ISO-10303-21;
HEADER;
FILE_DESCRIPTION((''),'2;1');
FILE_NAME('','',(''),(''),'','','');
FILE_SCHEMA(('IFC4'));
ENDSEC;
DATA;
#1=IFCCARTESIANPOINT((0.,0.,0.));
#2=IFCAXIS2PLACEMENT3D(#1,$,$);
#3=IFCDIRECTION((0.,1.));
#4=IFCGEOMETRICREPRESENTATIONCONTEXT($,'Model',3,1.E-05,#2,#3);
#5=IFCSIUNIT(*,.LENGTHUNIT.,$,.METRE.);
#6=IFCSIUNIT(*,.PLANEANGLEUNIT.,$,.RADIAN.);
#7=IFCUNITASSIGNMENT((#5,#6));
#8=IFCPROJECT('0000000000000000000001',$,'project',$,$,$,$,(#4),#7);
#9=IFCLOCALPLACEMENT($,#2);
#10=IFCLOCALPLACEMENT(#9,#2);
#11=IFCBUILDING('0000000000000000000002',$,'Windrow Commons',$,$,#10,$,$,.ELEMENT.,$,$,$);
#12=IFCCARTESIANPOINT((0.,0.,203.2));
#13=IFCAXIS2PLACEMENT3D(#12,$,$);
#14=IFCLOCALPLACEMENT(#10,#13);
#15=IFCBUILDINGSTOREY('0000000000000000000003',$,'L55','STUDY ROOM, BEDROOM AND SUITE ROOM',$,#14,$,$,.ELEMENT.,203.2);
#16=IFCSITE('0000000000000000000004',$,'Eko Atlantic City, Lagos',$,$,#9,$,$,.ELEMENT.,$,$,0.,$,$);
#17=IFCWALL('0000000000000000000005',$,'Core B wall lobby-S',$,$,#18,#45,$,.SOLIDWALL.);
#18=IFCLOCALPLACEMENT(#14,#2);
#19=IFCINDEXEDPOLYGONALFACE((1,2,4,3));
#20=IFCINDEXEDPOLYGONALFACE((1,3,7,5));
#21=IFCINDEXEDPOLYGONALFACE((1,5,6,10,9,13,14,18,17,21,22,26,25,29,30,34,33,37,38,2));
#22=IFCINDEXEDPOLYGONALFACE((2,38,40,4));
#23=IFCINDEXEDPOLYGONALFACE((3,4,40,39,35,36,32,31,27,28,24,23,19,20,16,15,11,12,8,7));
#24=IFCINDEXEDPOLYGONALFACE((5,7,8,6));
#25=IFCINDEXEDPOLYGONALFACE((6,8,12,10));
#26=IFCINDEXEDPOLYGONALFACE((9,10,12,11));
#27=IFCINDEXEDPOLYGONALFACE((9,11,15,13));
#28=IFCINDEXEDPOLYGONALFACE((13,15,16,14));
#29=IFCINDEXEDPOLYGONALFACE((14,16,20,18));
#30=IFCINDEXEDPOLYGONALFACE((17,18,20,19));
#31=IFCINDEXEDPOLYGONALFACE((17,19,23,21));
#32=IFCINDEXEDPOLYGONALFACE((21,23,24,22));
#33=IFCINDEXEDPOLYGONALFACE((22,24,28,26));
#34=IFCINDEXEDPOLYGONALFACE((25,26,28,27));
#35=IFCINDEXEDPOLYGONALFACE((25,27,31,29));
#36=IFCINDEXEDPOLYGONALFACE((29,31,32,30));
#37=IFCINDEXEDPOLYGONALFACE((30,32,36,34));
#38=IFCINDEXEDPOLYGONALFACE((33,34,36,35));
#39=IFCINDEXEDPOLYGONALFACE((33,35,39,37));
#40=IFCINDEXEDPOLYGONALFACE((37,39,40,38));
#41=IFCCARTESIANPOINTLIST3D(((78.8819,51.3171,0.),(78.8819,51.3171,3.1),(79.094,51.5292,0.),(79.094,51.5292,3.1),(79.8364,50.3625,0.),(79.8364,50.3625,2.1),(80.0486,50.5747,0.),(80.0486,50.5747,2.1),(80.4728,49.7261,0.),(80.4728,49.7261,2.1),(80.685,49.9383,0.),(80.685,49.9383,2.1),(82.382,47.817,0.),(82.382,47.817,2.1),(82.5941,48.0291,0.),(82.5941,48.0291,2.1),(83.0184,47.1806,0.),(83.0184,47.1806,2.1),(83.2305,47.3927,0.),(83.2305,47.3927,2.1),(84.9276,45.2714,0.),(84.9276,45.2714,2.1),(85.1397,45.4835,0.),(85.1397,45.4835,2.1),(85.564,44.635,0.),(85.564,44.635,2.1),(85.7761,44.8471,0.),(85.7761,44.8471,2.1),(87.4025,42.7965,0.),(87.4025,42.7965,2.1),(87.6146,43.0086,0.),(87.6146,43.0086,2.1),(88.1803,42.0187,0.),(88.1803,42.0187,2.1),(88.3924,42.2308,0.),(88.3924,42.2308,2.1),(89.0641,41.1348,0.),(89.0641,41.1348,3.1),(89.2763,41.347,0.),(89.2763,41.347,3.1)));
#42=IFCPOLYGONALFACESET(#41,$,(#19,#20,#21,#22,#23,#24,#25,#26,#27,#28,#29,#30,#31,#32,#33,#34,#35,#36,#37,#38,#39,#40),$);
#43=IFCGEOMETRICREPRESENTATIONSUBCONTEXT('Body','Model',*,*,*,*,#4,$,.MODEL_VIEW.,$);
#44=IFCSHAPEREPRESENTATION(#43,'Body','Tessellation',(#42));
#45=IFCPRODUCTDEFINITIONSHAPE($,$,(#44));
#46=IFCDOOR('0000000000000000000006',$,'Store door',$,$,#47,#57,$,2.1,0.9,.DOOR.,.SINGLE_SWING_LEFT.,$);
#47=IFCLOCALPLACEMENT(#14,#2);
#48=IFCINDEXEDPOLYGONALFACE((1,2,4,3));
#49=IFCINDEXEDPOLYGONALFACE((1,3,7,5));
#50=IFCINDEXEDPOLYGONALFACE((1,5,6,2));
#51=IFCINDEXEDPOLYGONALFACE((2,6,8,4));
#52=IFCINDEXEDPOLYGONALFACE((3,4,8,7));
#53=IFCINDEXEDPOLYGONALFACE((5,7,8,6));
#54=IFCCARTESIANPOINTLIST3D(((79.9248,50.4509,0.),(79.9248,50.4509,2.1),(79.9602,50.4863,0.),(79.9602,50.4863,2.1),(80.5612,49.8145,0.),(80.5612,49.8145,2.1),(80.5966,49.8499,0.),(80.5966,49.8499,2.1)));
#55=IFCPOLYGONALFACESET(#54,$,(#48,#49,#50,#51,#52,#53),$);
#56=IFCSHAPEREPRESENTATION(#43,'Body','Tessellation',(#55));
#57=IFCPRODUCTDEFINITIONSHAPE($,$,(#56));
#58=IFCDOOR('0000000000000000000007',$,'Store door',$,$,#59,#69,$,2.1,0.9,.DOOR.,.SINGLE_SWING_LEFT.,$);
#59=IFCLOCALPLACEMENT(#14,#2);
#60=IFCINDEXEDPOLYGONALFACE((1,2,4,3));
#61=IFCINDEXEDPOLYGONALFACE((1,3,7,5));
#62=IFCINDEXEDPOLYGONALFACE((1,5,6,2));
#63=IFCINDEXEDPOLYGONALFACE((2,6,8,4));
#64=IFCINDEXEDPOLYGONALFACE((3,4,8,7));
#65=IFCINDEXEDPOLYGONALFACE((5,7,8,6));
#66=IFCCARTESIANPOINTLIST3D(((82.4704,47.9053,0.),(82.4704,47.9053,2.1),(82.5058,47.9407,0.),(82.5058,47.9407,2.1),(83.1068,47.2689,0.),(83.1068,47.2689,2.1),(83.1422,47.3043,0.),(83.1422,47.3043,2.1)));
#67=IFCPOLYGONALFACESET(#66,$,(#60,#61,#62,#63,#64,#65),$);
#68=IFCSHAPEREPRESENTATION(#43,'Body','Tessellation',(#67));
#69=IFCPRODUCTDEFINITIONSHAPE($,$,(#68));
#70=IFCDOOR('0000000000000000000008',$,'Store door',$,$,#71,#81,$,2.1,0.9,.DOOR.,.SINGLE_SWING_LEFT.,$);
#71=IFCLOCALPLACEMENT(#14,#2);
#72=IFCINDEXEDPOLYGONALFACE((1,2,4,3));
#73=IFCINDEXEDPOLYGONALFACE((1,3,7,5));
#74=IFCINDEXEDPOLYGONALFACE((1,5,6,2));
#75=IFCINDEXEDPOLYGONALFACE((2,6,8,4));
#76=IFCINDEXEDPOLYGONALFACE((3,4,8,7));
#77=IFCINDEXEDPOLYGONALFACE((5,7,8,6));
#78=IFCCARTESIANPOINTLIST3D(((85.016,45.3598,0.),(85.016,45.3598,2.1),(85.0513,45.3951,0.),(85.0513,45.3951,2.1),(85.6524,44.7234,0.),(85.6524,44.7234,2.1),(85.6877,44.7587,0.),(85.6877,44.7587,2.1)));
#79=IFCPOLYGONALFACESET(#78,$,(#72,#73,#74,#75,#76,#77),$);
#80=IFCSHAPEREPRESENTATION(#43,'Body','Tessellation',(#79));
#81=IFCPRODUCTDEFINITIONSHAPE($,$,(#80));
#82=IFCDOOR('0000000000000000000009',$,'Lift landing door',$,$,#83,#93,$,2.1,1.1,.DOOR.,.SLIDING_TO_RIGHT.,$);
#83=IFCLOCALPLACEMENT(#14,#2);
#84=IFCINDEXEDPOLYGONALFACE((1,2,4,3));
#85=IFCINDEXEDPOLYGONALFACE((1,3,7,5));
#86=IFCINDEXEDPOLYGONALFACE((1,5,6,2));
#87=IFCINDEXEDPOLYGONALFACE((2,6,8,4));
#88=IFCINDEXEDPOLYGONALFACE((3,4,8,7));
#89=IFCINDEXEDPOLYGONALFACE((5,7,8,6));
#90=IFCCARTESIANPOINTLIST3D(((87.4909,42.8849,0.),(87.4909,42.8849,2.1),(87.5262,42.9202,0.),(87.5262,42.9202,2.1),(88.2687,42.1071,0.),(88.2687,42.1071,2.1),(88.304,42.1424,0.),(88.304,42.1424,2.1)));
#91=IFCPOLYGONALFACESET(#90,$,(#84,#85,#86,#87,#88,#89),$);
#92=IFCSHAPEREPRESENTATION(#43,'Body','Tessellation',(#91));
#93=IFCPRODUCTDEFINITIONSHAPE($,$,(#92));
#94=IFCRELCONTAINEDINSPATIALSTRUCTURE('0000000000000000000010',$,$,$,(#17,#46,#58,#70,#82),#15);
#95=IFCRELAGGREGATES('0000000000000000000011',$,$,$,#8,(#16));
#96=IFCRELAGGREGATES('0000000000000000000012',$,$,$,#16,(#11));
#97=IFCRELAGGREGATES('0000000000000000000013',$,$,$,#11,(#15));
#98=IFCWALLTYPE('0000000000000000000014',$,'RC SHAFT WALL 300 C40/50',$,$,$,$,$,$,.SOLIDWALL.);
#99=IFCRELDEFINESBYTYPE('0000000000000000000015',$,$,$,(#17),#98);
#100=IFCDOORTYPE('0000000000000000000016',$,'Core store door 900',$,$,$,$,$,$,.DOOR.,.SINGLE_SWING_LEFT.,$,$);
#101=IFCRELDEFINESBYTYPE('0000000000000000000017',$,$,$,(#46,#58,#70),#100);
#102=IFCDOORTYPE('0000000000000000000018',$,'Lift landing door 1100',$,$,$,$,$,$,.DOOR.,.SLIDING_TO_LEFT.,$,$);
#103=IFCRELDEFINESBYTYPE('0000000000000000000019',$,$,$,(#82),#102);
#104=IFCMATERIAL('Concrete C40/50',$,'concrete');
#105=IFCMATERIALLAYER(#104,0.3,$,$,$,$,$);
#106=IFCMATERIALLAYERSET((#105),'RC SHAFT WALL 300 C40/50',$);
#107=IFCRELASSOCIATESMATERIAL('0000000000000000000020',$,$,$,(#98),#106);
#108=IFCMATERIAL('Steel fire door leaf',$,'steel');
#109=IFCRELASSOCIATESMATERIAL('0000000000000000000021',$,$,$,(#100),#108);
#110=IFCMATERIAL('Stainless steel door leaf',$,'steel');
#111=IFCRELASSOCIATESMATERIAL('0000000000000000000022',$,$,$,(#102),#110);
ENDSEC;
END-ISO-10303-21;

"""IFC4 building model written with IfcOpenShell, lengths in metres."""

from ifc_helpers import new_model, si_unit, direction, frame, frame_2d, origin, place, context, subcontext, project, spatial, rectangle, extrude, material, layer, layer_set, type_object, element, fill, save


model = new_model("IFC4")

# Units and contexts
model_context = context("Model", 3, precision=1e-05, world=origin(), true_north=direction((0.0, 1.0)))
body_context = subcontext(model_context, "Body", "Model", "MODEL_VIEW")
ifc_project = project(units=[si_unit("LENGTHUNIT", "METRE"), si_unit("PLANEANGLEUNIT", "RADIAN")], contexts=[model_context])

# Site, building, storey
site_placement = place(None, origin())
site = spatial("IfcSite", under=ifc_project, at=site_placement, Name="Eko Atlantic City, Lagos", CompositionType="ELEMENT", RefElevation=0.0)
building_placement = place(site_placement, origin())
building = spatial("IfcBuilding", under=site, at=building_placement, Name="Windrow Commons", CompositionType="ELEMENT")
storey_placement = place(building_placement, frame((0.0, 0.0, 203.2)))
storey = spatial("IfcBuildingStorey", under=building, at=storey_placement, Name="L55", Description="STUDY ROOM, BEDROOM AND SUITE ROOM", CompositionType="ELEMENT", Elevation=203.2)

# Shared definitions
ifc_material_1 = material(Name="Concrete C40/50", Category="concrete")
ifc_layer_1 = layer(ifc_material_1, 0.3)
ifc_layer_set_1 = layer_set([ifc_layer_1], Name="RC SHAFT WALL 300 C40/50")
wall_type_1 = type_object("IfcWallType", Name="RC SHAFT WALL 300 C40/50", PredefinedType="SOLIDWALL", material=ifc_layer_set_1)

# Wall, openings, doors
wall_1_placement = place(storey_placement, frame((78.9879, 51.4232, 0.0), z_axis=(0.0, 0.0, 1.0), x_axis=(0.707107, -0.707107, 0.0)))
wall_1 = element("IfcWall", 1, at=wall_1_placement, inside=storey, type_object=wall_type_1, Name="Core B wall lobby-S", PredefinedType="SOLIDWALL", context=body_context, shape_type="SweptSolid", body=[
    extrude(rectangle(XDim=14.3999, YDim=0.3, at=frame_2d((7.2, 0.0))), origin(), (0.0, 0.0, 1.0), 3.1),
])
opening_1_placement = place(wall_1_placement, frame((1.35, 0.0, 0.0)))
opening_1 = element("IfcOpeningElement", 2, at=opening_1_placement, cuts=wall_1, PredefinedType="OPENING", context=body_context, shape_type="SweptSolid", body=[
    extrude(rectangle(XDim=0.9, YDim=2.1, at=frame_2d((0.45, 1.05))), frame((0.0, 0.16, 0.0), z_axis=(0.0, -1.0, 0.0), x_axis=(1.0, 0.0, 0.0)), (0.0, 0.0, 1.0), 0.32),
])
opening_2_placement = place(wall_1_placement, frame((4.95, 0.0, 0.0)))
opening_2 = element("IfcOpeningElement", 3, at=opening_2_placement, cuts=wall_1, PredefinedType="OPENING", context=body_context, shape_type="SweptSolid", body=[
    extrude(rectangle(XDim=0.9, YDim=2.1, at=frame_2d((0.45, 1.05))), frame((0.0, 0.16, 0.0), z_axis=(0.0, -1.0, 0.0), x_axis=(1.0, 0.0, 0.0)), (0.0, 0.0, 1.0), 0.32),
])
opening_3_placement = place(wall_1_placement, frame((8.55, 0.0, 0.0)))
opening_3 = element("IfcOpeningElement", 4, at=opening_3_placement, cuts=wall_1, PredefinedType="OPENING", context=body_context, shape_type="SweptSolid", body=[
    extrude(rectangle(XDim=0.9, YDim=2.1, at=frame_2d((0.45, 1.05))), frame((0.0, 0.16, 0.0), z_axis=(0.0, -1.0, 0.0), x_axis=(1.0, 0.0, 0.0)), (0.0, 0.0, 1.0), 0.32),
])
opening_4_placement = place(wall_1_placement, frame((12.05, 0.0, 0.0)))
opening_4 = element("IfcOpeningElement", 5, at=opening_4_placement, cuts=wall_1, PredefinedType="OPENING", context=body_context, shape_type="SweptSolid", body=[
    extrude(rectangle(XDim=1.1, YDim=2.1, at=frame_2d((0.55, 1.05))), frame((0.0, 0.16, 0.0), z_axis=(0.0, -1.0, 0.0), x_axis=(1.0, 0.0, 0.0)), (0.0, 0.0, 1.0), 0.32),
])
ifc_material_2 = material(Name="Steel fire door leaf", Category="steel")
door_type_1 = type_object("IfcDoorType", Name="Core store door 900", OperationType="SINGLE_SWING_LEFT", PredefinedType="DOOR", material=ifc_material_2)
door_1_placement = place(opening_1_placement, origin())
door_1 = element("IfcDoor", 6, at=door_1_placement, inside=storey, type_object=door_type_1, Name="Store door", OperationType="SINGLE_SWING_LEFT", OverallHeight=2.1, OverallWidth=0.9, PredefinedType="DOOR", context=body_context, shape_type="SweptSolid", body=[
    extrude(rectangle(XDim=0.9, YDim=2.1, at=frame_2d((0.45, 1.05))), frame((0.0, 0.025, 0.0), z_axis=(0.0, -1.0, 0.0), x_axis=(1.0, 0.0, 0.0)), (0.0, 0.0, 1.0), 0.05),
])
fill(opening_1, door_1)
door_2_placement = place(opening_2_placement, origin())
door_2 = element("IfcDoor", 7, at=door_2_placement, inside=storey, type_object=door_type_1, Name="Store door", OperationType="SINGLE_SWING_LEFT", OverallHeight=2.1, OverallWidth=0.9, PredefinedType="DOOR", context=body_context, shape_type="SweptSolid", body=[
    extrude(rectangle(XDim=0.9, YDim=2.1, at=frame_2d((0.45, 1.05))), frame((0.0, 0.025, 0.0), z_axis=(0.0, -1.0, 0.0), x_axis=(1.0, 0.0, 0.0)), (0.0, 0.0, 1.0), 0.05),
])
fill(opening_2, door_2)
door_3_placement = place(opening_3_placement, origin())
door_3 = element("IfcDoor", 8, at=door_3_placement, inside=storey, type_object=door_type_1, Name="Store door", OperationType="SINGLE_SWING_LEFT", OverallHeight=2.1, OverallWidth=0.9, PredefinedType="DOOR", context=body_context, shape_type="SweptSolid", body=[
    extrude(rectangle(XDim=0.9, YDim=2.1, at=frame_2d((0.45, 1.05))), frame((0.0, 0.025, 0.0), z_axis=(0.0, -1.0, 0.0), x_axis=(1.0, 0.0, 0.0)), (0.0, 0.0, 1.0), 0.05),
])
fill(opening_3, door_3)
ifc_material_3 = material(Name="Stainless steel door leaf", Category="steel")
door_type_2 = type_object("IfcDoorType", Name="Lift landing door 1100", OperationType="SLIDING_TO_LEFT", PredefinedType="DOOR", material=ifc_material_3)
door_4_placement = place(opening_4_placement, origin())
door_4 = element("IfcDoor", 9, at=door_4_placement, inside=storey, type_object=door_type_2, Name="Lift landing door", OperationType="SLIDING_TO_RIGHT", OverallHeight=2.1, OverallWidth=1.1, PredefinedType="DOOR", context=body_context, shape_type="SweptSolid", body=[
    extrude(rectangle(XDim=1.1, YDim=2.1, at=frame_2d((0.55, 1.05))), frame((0.0, 0.025, 0.0), z_axis=(0.0, -1.0, 0.0), x_axis=(1.0, 0.0, 0.0)), (0.0, 0.0, 1.0), 0.05),
])
fill(opening_4, door_4)

save(model, "model.ifc")
